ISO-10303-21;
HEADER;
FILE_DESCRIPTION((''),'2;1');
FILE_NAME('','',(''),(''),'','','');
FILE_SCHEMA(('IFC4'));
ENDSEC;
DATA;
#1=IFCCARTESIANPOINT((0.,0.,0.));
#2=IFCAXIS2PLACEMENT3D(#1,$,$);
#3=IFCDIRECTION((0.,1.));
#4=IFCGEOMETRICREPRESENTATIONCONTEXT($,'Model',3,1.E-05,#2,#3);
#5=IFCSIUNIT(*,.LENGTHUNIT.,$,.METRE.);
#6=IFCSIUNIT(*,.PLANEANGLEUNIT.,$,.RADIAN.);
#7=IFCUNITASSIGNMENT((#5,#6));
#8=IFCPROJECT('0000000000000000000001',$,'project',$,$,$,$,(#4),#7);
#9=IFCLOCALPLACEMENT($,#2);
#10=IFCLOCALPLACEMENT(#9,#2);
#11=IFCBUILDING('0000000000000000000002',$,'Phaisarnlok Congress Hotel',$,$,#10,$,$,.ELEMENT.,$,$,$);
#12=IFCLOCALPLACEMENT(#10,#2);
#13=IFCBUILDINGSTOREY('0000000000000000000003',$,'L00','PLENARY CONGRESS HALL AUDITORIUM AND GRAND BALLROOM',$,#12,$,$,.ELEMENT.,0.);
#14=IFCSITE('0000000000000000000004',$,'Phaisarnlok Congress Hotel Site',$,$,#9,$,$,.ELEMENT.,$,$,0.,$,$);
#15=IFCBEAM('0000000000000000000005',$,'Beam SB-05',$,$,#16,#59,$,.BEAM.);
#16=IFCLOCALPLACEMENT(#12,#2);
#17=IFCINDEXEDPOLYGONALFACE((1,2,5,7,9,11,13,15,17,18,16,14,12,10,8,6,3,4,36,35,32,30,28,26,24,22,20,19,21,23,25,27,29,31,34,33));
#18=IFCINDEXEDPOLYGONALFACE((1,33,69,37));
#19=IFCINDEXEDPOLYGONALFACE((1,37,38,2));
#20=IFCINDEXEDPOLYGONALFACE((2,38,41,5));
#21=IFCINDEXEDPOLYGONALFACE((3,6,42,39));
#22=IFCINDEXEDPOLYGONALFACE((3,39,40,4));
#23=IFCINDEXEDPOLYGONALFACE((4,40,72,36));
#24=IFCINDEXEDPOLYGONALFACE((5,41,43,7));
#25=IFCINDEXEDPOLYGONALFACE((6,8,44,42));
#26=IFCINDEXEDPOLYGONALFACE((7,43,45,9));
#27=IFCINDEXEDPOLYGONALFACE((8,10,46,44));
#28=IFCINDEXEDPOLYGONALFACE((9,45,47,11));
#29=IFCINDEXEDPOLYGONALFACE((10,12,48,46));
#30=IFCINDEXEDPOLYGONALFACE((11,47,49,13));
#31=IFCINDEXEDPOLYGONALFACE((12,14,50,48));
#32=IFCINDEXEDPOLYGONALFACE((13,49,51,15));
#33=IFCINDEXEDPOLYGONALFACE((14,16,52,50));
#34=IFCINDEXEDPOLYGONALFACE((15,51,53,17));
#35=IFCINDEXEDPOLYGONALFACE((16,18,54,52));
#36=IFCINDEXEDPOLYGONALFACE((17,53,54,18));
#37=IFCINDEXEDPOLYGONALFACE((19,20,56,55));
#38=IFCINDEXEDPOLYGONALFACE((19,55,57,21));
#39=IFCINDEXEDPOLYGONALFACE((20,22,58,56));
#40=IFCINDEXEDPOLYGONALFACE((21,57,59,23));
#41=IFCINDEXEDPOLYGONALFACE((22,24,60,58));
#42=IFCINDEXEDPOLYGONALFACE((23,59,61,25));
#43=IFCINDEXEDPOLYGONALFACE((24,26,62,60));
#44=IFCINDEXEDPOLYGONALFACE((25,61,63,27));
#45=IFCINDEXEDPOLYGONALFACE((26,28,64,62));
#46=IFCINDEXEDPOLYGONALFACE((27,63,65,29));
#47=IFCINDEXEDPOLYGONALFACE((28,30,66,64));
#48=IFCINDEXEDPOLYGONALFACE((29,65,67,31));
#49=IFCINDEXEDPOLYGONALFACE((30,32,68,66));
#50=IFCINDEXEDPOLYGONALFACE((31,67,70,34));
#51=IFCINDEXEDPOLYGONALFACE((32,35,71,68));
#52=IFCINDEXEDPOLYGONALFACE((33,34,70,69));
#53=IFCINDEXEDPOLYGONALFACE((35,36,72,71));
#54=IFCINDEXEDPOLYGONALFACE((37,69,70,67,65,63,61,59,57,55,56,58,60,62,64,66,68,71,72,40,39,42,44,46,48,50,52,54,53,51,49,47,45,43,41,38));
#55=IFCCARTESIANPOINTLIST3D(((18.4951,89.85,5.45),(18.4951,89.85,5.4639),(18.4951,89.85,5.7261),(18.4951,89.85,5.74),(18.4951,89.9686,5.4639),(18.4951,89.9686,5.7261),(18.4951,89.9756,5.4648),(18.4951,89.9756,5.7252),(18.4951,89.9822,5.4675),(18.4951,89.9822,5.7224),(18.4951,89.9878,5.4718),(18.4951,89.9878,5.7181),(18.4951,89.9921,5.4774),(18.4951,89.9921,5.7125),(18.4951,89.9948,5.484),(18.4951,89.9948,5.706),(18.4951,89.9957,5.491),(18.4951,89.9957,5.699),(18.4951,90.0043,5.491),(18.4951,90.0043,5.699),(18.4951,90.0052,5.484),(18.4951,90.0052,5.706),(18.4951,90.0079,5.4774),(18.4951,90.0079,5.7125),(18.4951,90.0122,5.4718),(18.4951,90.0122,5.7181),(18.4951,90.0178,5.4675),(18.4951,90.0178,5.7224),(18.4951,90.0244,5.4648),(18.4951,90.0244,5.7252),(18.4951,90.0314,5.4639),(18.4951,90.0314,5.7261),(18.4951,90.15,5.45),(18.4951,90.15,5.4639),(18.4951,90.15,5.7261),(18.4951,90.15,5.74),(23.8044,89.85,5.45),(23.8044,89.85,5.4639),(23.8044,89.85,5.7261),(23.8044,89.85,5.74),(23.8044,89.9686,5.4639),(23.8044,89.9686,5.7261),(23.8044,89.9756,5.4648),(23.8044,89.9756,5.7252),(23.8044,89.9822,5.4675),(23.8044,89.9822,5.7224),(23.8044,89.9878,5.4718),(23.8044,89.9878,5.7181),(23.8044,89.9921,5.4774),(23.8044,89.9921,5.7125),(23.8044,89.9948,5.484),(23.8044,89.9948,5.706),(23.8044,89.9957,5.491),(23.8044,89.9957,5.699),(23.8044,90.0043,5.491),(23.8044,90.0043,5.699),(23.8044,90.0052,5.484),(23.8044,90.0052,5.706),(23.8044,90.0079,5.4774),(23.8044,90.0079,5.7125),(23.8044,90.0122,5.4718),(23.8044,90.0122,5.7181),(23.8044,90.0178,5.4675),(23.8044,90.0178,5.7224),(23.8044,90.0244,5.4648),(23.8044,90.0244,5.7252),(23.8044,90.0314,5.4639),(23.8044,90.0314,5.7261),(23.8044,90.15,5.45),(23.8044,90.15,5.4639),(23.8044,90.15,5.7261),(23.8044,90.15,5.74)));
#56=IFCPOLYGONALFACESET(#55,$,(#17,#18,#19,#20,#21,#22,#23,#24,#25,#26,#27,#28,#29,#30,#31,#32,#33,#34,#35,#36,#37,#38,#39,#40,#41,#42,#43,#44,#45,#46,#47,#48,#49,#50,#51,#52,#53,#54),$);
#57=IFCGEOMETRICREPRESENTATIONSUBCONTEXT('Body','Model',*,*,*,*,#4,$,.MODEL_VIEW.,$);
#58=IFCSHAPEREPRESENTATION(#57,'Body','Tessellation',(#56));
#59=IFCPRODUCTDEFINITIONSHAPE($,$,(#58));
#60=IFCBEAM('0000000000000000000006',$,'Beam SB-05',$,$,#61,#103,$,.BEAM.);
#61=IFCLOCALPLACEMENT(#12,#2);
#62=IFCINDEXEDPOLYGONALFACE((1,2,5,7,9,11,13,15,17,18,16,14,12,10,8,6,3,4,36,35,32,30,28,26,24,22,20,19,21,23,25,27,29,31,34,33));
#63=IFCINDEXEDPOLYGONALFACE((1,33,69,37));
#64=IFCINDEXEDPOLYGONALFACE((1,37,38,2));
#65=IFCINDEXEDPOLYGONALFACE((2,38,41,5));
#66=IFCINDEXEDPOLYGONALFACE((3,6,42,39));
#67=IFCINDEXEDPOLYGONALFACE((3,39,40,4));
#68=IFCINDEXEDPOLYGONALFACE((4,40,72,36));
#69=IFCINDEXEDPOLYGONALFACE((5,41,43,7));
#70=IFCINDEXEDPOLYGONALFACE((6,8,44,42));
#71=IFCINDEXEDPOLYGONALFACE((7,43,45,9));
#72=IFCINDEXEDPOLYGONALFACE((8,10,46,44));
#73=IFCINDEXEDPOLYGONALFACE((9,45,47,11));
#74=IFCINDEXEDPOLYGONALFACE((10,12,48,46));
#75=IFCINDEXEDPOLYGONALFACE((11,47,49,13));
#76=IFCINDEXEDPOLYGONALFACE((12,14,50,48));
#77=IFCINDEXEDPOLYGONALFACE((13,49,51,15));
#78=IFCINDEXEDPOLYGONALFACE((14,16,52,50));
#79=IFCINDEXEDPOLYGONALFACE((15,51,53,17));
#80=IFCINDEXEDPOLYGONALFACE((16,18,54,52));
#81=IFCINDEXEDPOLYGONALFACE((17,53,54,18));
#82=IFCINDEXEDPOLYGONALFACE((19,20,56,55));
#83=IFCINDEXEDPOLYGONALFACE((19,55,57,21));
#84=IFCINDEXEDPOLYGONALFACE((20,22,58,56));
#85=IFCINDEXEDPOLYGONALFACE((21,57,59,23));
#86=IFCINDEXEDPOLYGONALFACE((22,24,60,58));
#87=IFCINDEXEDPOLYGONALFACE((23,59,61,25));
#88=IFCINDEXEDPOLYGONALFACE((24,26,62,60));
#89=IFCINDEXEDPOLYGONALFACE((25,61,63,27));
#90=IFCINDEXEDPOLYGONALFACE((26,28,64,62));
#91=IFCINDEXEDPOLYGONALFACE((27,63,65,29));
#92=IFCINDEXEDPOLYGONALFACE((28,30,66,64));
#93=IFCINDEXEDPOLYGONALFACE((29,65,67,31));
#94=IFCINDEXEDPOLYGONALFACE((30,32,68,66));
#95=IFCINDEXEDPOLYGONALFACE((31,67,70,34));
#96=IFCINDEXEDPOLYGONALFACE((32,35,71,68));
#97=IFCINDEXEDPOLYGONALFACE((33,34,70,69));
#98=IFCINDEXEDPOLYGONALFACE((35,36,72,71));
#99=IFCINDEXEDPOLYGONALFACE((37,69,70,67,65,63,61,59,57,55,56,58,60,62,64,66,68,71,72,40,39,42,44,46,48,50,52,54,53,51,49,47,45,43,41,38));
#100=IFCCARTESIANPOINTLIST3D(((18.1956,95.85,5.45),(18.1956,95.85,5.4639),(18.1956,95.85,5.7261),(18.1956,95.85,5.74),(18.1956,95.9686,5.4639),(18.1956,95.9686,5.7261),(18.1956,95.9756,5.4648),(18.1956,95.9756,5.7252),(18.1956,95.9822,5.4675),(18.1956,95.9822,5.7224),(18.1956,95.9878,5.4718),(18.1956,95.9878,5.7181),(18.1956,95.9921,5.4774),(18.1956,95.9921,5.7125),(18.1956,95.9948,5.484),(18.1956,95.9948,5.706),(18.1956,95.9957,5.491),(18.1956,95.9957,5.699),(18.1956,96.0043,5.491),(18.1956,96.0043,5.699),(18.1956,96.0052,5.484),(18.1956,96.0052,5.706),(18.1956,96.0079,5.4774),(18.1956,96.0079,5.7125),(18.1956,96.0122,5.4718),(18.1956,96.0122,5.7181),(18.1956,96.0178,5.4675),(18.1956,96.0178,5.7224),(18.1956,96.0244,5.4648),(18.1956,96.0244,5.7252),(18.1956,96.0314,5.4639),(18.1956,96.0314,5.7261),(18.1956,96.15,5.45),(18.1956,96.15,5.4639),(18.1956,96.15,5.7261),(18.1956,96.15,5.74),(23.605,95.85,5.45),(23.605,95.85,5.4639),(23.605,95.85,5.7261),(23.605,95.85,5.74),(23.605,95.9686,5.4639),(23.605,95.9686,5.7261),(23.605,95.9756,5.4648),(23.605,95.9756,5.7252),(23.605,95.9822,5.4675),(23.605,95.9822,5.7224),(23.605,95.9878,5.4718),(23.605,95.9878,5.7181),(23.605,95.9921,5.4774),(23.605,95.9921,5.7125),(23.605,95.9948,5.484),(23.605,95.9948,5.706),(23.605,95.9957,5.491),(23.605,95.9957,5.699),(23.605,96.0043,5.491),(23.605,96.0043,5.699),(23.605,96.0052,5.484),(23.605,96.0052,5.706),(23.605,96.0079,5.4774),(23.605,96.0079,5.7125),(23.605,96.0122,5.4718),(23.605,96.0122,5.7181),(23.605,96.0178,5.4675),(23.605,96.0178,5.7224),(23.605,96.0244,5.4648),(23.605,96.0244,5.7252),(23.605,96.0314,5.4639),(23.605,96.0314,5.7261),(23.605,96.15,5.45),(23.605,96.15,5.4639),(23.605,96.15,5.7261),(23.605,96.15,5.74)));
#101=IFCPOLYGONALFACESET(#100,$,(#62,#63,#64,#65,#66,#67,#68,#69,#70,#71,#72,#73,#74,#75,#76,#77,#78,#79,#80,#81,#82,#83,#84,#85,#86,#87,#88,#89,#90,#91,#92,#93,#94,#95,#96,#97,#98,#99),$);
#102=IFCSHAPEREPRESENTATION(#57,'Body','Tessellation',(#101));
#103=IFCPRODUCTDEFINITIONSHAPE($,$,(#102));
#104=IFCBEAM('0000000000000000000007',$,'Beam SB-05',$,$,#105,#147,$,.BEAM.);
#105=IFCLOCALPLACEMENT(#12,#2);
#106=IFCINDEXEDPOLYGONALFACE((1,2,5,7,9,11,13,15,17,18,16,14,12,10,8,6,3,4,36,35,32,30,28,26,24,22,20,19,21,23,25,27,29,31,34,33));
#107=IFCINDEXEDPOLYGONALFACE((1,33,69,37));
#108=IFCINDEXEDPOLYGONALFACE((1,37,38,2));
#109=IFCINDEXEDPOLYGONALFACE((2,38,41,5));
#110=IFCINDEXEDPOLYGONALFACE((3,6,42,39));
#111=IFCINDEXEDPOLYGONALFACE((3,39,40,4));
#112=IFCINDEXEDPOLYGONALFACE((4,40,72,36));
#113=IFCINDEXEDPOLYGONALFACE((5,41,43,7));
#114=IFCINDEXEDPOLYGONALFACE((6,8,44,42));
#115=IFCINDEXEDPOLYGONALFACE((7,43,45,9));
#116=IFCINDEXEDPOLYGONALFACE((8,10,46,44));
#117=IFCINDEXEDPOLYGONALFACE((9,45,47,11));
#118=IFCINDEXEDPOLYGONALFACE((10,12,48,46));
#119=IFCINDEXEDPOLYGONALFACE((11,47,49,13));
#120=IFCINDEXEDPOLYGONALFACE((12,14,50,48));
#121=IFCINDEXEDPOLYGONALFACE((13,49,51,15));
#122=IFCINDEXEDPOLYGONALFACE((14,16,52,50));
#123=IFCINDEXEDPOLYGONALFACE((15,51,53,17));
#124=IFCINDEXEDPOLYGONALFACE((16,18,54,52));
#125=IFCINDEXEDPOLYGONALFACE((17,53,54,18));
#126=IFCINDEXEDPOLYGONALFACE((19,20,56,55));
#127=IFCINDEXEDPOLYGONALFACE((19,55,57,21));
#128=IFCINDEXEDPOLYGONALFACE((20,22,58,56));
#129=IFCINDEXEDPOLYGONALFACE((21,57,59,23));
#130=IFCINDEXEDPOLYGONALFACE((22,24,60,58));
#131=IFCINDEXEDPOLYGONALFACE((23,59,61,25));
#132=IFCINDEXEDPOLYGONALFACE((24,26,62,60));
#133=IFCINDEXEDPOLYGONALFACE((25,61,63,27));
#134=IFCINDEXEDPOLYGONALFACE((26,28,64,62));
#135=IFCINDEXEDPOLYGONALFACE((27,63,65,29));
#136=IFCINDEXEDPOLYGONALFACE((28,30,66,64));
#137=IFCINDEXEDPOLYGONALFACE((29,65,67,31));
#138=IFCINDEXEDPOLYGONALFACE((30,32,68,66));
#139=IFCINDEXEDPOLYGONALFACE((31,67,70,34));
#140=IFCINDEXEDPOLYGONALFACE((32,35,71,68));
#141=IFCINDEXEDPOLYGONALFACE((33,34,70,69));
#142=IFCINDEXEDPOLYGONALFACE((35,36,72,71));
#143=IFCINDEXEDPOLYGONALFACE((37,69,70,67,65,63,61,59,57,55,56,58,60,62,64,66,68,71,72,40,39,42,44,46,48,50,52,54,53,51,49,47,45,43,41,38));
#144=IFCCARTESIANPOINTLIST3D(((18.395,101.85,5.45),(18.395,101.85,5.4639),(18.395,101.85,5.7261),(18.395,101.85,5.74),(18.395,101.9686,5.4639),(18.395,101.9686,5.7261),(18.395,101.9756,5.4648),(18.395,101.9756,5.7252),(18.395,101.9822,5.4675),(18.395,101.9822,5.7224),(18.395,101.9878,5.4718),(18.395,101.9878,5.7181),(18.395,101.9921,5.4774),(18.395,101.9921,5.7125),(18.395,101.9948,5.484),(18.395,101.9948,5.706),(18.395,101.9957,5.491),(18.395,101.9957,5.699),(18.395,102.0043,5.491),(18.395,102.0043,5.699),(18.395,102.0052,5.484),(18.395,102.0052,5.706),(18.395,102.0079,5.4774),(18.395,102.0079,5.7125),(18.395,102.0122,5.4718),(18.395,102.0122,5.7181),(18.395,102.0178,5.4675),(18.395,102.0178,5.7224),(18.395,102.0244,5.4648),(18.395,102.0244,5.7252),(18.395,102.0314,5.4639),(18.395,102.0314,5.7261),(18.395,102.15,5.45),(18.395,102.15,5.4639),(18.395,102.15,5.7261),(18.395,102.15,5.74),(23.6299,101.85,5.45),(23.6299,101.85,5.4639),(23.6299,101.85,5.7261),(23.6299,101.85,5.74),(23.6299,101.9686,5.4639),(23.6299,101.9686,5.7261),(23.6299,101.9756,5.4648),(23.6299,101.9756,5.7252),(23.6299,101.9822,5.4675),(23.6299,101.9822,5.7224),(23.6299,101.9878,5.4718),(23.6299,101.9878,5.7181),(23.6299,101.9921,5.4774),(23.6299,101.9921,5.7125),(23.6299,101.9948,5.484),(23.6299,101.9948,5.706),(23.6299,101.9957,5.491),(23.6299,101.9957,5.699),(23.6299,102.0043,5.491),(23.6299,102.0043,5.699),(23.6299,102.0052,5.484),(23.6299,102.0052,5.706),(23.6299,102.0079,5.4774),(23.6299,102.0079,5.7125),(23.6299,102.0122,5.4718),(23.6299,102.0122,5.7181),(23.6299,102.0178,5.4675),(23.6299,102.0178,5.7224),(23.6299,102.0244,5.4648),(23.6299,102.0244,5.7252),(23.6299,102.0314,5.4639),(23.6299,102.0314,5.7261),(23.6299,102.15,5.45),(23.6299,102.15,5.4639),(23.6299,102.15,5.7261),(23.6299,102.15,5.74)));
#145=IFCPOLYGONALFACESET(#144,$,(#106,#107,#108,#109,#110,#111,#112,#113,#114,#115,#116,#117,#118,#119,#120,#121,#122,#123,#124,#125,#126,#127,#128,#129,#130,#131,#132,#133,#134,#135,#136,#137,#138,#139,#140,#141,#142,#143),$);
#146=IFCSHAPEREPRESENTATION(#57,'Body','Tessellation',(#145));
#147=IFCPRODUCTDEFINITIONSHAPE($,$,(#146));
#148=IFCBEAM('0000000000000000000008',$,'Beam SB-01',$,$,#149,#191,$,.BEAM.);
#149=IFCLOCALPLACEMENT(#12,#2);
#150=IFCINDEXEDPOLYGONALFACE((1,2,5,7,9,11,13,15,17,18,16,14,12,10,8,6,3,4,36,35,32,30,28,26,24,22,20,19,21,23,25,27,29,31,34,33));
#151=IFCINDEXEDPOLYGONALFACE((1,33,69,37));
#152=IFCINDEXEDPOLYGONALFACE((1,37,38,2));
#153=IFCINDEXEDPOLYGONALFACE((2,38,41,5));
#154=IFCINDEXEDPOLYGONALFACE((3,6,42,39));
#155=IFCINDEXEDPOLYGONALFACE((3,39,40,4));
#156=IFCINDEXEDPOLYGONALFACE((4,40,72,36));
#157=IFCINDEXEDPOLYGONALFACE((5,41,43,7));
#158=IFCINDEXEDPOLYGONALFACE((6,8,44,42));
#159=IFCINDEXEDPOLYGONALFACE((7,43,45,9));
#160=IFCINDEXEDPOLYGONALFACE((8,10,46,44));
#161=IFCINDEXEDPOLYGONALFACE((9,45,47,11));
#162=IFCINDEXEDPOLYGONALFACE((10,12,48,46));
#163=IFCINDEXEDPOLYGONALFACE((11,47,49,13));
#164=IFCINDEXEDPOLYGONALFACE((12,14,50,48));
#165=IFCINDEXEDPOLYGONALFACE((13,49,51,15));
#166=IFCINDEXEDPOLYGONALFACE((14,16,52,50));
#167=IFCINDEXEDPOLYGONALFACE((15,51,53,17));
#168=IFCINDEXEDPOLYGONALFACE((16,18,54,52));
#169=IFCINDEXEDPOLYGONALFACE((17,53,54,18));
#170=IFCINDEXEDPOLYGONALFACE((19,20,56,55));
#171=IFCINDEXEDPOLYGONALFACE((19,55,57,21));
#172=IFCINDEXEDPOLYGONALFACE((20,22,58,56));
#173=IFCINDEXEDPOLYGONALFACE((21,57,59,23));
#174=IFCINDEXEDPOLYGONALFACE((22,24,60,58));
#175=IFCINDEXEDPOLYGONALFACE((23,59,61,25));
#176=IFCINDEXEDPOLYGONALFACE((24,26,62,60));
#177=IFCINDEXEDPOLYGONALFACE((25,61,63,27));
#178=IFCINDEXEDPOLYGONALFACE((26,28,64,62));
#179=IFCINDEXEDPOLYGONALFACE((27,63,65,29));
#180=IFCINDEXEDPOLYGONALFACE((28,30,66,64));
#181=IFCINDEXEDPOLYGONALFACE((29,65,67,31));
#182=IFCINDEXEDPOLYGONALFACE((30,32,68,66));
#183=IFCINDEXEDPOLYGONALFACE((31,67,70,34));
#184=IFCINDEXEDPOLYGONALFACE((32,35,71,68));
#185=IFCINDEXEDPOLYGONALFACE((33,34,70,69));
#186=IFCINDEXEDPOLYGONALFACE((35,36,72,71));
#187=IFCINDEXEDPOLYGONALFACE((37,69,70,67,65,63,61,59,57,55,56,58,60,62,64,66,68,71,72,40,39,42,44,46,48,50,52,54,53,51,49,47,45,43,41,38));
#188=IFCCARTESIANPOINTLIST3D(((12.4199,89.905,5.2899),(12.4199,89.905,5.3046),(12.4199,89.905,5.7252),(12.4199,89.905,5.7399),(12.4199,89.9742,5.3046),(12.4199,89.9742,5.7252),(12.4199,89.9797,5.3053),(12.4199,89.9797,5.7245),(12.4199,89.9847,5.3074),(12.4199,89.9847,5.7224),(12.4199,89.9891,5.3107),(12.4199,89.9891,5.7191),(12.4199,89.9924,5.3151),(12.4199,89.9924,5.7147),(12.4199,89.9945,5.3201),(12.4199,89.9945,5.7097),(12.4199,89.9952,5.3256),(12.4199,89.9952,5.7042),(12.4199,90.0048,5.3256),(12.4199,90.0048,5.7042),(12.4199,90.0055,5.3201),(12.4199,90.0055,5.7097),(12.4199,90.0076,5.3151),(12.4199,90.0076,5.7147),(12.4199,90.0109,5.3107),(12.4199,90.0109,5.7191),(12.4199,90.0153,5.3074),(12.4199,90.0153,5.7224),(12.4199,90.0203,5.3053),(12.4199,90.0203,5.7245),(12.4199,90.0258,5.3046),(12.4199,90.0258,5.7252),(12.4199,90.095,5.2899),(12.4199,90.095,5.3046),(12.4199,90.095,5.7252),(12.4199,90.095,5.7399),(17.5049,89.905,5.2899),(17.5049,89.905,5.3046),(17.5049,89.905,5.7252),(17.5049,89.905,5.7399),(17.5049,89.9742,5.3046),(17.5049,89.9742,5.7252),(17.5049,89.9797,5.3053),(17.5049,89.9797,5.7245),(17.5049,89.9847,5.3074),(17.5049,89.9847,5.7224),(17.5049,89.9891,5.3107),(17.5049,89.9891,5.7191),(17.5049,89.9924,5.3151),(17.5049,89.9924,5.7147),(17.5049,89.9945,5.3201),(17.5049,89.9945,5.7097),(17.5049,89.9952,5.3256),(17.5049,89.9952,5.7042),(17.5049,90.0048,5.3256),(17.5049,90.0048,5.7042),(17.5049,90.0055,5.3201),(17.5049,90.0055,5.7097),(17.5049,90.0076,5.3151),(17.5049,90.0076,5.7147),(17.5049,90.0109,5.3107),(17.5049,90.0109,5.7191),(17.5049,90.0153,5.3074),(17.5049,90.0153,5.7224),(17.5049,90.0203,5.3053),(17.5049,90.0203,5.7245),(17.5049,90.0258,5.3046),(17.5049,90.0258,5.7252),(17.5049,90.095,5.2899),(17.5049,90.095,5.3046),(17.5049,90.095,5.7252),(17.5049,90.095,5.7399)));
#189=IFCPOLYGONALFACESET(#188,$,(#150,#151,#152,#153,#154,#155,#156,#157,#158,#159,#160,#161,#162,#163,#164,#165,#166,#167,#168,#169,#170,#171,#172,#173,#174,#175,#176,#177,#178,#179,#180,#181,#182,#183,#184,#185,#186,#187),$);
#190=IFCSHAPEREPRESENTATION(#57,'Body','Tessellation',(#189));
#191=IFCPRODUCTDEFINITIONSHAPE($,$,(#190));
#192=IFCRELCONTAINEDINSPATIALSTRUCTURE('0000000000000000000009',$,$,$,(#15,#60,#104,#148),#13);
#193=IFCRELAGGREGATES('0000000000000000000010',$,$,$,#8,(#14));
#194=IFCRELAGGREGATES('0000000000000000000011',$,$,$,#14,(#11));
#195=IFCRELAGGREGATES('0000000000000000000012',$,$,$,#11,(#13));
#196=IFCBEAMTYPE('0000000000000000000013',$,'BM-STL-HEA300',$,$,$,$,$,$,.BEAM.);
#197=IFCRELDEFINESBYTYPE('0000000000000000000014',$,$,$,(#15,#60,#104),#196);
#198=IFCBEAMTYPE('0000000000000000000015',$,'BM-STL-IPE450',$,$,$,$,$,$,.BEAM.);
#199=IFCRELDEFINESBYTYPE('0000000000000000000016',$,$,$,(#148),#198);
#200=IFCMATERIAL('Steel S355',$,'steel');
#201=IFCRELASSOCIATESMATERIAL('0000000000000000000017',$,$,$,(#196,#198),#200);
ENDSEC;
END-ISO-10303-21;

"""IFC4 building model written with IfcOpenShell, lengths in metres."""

from ifc_helpers import new_model, si_unit, direction, frame, origin, origin_2d, place, context, subcontext, project, spatial, i_section, extrude, material, material_profile, profile_set, type_object, element, save


model = new_model("IFC4")

# Units and contexts
model_context = context("Model", 3, precision=1e-05, world=origin(), true_north=direction((0.0, 1.0)))
body_context = subcontext(model_context, "Body", "Model", "MODEL_VIEW")
ifc_project = project(units=[si_unit("LENGTHUNIT", "METRE"), si_unit("PLANEANGLEUNIT", "RADIAN")], contexts=[model_context])

# Site, building, storey
site_placement = place(None, origin())
site = spatial("IfcSite", under=ifc_project, at=site_placement, Name="Phaisarnlok Congress Hotel Site", CompositionType="ELEMENT", RefElevation=0.0)
building_placement = place(site_placement, origin())
building = spatial("IfcBuilding", under=site, at=building_placement, Name="Phaisarnlok Congress Hotel", CompositionType="ELEMENT")
storey_placement = place(building_placement, origin())
storey = spatial("IfcBuildingStorey", under=building, at=storey_placement, Name="L00", Description="PLENARY CONGRESS HALL AUDITORIUM AND GRAND BALLROOM", CompositionType="ELEMENT", Elevation=0.0)

# Shared definitions
ifc_material_1 = material(Name="Steel S355", Category="steel")

# Beams
ifc_material_profile_1 = material_profile(ifc_material_1, i_section(OverallWidth=0.3, OverallDepth=0.29, WebThickness=0.0085, FlangeThickness=0.0139, FilletRadius=0.0271, at=origin_2d()), Name="HEA 300")
ifc_profile_set_1 = profile_set([ifc_material_profile_1], Name="Steel S355")
beam_type_1 = type_object("IfcBeamType", Name="BM-STL-HEA300", PredefinedType="BEAM", material=ifc_profile_set_1)
beam_1_placement = place(storey_placement, frame((18.4951, 90.0, 5.595), z_axis=(1.0, 0.0, 0.0), x_axis=(0.0, 1.0, 0.0)))
element("IfcBeam", 1, at=beam_1_placement, inside=storey, type_object=beam_type_1, Name="Beam SB-05", PredefinedType="BEAM", context=body_context, shape_type="SweptSolid", body=[
    extrude(i_section(OverallWidth=0.3, OverallDepth=0.29, WebThickness=0.0085, FlangeThickness=0.0139, FilletRadius=0.0271, at=origin_2d()), origin(), (0.0, 0.0, 1.0), 5.3093),
])
beam_2_placement = place(storey_placement, frame((18.1956, 96.0, 5.595), z_axis=(1.0, 0.0, 0.0), x_axis=(0.0, 1.0, 0.0)))
element("IfcBeam", 2, at=beam_2_placement, inside=storey, type_object=beam_type_1, Name="Beam SB-05", PredefinedType="BEAM", context=body_context, shape_type="SweptSolid", body=[
    extrude(i_section(OverallWidth=0.3, OverallDepth=0.29, WebThickness=0.0085, FlangeThickness=0.0139, FilletRadius=0.0271, at=origin_2d()), origin(), (0.0, 0.0, 1.0), 5.4094),
])
beam_3_placement = place(storey_placement, frame((18.395, 102.0, 5.595), z_axis=(1.0, 0.0, 0.0), x_axis=(0.0, 1.0, 0.0)))
element("IfcBeam", 3, at=beam_3_placement, inside=storey, type_object=beam_type_1, Name="Beam SB-05", PredefinedType="BEAM", context=body_context, shape_type="SweptSolid", body=[
    extrude(i_section(OverallWidth=0.3, OverallDepth=0.29, WebThickness=0.0085, FlangeThickness=0.0139, FilletRadius=0.0271, at=origin_2d()), origin(), (0.0, 0.0, 1.0), 5.2349),
])
ifc_material_profile_2 = material_profile(ifc_material_1, i_section(OverallWidth=0.1899, OverallDepth=0.45, WebThickness=0.0095, FlangeThickness=0.0146, FilletRadius=0.021, at=origin_2d()), Name="IPE 450")
ifc_profile_set_2 = profile_set([ifc_material_profile_2], Name="Steel S355")
beam_type_2 = type_object("IfcBeamType", Name="BM-STL-IPE450", PredefinedType="BEAM", material=ifc_profile_set_2)
beam_4_placement = place(storey_placement, frame((12.4199, 90.0, 5.5149), z_axis=(1.0, 0.0, 0.0), x_axis=(0.0, 1.0, 0.0)))
element("IfcBeam", 4, at=beam_4_placement, inside=storey, type_object=beam_type_2, Name="Beam SB-01", PredefinedType="BEAM", context=body_context, shape_type="SweptSolid", body=[
    extrude(i_section(OverallWidth=0.1899, OverallDepth=0.45, WebThickness=0.0095, FlangeThickness=0.0146, FilletRadius=0.021, at=origin_2d()), origin(), (0.0, 0.0, 1.0), 5.085),
])

save(model, "model.ifc")
